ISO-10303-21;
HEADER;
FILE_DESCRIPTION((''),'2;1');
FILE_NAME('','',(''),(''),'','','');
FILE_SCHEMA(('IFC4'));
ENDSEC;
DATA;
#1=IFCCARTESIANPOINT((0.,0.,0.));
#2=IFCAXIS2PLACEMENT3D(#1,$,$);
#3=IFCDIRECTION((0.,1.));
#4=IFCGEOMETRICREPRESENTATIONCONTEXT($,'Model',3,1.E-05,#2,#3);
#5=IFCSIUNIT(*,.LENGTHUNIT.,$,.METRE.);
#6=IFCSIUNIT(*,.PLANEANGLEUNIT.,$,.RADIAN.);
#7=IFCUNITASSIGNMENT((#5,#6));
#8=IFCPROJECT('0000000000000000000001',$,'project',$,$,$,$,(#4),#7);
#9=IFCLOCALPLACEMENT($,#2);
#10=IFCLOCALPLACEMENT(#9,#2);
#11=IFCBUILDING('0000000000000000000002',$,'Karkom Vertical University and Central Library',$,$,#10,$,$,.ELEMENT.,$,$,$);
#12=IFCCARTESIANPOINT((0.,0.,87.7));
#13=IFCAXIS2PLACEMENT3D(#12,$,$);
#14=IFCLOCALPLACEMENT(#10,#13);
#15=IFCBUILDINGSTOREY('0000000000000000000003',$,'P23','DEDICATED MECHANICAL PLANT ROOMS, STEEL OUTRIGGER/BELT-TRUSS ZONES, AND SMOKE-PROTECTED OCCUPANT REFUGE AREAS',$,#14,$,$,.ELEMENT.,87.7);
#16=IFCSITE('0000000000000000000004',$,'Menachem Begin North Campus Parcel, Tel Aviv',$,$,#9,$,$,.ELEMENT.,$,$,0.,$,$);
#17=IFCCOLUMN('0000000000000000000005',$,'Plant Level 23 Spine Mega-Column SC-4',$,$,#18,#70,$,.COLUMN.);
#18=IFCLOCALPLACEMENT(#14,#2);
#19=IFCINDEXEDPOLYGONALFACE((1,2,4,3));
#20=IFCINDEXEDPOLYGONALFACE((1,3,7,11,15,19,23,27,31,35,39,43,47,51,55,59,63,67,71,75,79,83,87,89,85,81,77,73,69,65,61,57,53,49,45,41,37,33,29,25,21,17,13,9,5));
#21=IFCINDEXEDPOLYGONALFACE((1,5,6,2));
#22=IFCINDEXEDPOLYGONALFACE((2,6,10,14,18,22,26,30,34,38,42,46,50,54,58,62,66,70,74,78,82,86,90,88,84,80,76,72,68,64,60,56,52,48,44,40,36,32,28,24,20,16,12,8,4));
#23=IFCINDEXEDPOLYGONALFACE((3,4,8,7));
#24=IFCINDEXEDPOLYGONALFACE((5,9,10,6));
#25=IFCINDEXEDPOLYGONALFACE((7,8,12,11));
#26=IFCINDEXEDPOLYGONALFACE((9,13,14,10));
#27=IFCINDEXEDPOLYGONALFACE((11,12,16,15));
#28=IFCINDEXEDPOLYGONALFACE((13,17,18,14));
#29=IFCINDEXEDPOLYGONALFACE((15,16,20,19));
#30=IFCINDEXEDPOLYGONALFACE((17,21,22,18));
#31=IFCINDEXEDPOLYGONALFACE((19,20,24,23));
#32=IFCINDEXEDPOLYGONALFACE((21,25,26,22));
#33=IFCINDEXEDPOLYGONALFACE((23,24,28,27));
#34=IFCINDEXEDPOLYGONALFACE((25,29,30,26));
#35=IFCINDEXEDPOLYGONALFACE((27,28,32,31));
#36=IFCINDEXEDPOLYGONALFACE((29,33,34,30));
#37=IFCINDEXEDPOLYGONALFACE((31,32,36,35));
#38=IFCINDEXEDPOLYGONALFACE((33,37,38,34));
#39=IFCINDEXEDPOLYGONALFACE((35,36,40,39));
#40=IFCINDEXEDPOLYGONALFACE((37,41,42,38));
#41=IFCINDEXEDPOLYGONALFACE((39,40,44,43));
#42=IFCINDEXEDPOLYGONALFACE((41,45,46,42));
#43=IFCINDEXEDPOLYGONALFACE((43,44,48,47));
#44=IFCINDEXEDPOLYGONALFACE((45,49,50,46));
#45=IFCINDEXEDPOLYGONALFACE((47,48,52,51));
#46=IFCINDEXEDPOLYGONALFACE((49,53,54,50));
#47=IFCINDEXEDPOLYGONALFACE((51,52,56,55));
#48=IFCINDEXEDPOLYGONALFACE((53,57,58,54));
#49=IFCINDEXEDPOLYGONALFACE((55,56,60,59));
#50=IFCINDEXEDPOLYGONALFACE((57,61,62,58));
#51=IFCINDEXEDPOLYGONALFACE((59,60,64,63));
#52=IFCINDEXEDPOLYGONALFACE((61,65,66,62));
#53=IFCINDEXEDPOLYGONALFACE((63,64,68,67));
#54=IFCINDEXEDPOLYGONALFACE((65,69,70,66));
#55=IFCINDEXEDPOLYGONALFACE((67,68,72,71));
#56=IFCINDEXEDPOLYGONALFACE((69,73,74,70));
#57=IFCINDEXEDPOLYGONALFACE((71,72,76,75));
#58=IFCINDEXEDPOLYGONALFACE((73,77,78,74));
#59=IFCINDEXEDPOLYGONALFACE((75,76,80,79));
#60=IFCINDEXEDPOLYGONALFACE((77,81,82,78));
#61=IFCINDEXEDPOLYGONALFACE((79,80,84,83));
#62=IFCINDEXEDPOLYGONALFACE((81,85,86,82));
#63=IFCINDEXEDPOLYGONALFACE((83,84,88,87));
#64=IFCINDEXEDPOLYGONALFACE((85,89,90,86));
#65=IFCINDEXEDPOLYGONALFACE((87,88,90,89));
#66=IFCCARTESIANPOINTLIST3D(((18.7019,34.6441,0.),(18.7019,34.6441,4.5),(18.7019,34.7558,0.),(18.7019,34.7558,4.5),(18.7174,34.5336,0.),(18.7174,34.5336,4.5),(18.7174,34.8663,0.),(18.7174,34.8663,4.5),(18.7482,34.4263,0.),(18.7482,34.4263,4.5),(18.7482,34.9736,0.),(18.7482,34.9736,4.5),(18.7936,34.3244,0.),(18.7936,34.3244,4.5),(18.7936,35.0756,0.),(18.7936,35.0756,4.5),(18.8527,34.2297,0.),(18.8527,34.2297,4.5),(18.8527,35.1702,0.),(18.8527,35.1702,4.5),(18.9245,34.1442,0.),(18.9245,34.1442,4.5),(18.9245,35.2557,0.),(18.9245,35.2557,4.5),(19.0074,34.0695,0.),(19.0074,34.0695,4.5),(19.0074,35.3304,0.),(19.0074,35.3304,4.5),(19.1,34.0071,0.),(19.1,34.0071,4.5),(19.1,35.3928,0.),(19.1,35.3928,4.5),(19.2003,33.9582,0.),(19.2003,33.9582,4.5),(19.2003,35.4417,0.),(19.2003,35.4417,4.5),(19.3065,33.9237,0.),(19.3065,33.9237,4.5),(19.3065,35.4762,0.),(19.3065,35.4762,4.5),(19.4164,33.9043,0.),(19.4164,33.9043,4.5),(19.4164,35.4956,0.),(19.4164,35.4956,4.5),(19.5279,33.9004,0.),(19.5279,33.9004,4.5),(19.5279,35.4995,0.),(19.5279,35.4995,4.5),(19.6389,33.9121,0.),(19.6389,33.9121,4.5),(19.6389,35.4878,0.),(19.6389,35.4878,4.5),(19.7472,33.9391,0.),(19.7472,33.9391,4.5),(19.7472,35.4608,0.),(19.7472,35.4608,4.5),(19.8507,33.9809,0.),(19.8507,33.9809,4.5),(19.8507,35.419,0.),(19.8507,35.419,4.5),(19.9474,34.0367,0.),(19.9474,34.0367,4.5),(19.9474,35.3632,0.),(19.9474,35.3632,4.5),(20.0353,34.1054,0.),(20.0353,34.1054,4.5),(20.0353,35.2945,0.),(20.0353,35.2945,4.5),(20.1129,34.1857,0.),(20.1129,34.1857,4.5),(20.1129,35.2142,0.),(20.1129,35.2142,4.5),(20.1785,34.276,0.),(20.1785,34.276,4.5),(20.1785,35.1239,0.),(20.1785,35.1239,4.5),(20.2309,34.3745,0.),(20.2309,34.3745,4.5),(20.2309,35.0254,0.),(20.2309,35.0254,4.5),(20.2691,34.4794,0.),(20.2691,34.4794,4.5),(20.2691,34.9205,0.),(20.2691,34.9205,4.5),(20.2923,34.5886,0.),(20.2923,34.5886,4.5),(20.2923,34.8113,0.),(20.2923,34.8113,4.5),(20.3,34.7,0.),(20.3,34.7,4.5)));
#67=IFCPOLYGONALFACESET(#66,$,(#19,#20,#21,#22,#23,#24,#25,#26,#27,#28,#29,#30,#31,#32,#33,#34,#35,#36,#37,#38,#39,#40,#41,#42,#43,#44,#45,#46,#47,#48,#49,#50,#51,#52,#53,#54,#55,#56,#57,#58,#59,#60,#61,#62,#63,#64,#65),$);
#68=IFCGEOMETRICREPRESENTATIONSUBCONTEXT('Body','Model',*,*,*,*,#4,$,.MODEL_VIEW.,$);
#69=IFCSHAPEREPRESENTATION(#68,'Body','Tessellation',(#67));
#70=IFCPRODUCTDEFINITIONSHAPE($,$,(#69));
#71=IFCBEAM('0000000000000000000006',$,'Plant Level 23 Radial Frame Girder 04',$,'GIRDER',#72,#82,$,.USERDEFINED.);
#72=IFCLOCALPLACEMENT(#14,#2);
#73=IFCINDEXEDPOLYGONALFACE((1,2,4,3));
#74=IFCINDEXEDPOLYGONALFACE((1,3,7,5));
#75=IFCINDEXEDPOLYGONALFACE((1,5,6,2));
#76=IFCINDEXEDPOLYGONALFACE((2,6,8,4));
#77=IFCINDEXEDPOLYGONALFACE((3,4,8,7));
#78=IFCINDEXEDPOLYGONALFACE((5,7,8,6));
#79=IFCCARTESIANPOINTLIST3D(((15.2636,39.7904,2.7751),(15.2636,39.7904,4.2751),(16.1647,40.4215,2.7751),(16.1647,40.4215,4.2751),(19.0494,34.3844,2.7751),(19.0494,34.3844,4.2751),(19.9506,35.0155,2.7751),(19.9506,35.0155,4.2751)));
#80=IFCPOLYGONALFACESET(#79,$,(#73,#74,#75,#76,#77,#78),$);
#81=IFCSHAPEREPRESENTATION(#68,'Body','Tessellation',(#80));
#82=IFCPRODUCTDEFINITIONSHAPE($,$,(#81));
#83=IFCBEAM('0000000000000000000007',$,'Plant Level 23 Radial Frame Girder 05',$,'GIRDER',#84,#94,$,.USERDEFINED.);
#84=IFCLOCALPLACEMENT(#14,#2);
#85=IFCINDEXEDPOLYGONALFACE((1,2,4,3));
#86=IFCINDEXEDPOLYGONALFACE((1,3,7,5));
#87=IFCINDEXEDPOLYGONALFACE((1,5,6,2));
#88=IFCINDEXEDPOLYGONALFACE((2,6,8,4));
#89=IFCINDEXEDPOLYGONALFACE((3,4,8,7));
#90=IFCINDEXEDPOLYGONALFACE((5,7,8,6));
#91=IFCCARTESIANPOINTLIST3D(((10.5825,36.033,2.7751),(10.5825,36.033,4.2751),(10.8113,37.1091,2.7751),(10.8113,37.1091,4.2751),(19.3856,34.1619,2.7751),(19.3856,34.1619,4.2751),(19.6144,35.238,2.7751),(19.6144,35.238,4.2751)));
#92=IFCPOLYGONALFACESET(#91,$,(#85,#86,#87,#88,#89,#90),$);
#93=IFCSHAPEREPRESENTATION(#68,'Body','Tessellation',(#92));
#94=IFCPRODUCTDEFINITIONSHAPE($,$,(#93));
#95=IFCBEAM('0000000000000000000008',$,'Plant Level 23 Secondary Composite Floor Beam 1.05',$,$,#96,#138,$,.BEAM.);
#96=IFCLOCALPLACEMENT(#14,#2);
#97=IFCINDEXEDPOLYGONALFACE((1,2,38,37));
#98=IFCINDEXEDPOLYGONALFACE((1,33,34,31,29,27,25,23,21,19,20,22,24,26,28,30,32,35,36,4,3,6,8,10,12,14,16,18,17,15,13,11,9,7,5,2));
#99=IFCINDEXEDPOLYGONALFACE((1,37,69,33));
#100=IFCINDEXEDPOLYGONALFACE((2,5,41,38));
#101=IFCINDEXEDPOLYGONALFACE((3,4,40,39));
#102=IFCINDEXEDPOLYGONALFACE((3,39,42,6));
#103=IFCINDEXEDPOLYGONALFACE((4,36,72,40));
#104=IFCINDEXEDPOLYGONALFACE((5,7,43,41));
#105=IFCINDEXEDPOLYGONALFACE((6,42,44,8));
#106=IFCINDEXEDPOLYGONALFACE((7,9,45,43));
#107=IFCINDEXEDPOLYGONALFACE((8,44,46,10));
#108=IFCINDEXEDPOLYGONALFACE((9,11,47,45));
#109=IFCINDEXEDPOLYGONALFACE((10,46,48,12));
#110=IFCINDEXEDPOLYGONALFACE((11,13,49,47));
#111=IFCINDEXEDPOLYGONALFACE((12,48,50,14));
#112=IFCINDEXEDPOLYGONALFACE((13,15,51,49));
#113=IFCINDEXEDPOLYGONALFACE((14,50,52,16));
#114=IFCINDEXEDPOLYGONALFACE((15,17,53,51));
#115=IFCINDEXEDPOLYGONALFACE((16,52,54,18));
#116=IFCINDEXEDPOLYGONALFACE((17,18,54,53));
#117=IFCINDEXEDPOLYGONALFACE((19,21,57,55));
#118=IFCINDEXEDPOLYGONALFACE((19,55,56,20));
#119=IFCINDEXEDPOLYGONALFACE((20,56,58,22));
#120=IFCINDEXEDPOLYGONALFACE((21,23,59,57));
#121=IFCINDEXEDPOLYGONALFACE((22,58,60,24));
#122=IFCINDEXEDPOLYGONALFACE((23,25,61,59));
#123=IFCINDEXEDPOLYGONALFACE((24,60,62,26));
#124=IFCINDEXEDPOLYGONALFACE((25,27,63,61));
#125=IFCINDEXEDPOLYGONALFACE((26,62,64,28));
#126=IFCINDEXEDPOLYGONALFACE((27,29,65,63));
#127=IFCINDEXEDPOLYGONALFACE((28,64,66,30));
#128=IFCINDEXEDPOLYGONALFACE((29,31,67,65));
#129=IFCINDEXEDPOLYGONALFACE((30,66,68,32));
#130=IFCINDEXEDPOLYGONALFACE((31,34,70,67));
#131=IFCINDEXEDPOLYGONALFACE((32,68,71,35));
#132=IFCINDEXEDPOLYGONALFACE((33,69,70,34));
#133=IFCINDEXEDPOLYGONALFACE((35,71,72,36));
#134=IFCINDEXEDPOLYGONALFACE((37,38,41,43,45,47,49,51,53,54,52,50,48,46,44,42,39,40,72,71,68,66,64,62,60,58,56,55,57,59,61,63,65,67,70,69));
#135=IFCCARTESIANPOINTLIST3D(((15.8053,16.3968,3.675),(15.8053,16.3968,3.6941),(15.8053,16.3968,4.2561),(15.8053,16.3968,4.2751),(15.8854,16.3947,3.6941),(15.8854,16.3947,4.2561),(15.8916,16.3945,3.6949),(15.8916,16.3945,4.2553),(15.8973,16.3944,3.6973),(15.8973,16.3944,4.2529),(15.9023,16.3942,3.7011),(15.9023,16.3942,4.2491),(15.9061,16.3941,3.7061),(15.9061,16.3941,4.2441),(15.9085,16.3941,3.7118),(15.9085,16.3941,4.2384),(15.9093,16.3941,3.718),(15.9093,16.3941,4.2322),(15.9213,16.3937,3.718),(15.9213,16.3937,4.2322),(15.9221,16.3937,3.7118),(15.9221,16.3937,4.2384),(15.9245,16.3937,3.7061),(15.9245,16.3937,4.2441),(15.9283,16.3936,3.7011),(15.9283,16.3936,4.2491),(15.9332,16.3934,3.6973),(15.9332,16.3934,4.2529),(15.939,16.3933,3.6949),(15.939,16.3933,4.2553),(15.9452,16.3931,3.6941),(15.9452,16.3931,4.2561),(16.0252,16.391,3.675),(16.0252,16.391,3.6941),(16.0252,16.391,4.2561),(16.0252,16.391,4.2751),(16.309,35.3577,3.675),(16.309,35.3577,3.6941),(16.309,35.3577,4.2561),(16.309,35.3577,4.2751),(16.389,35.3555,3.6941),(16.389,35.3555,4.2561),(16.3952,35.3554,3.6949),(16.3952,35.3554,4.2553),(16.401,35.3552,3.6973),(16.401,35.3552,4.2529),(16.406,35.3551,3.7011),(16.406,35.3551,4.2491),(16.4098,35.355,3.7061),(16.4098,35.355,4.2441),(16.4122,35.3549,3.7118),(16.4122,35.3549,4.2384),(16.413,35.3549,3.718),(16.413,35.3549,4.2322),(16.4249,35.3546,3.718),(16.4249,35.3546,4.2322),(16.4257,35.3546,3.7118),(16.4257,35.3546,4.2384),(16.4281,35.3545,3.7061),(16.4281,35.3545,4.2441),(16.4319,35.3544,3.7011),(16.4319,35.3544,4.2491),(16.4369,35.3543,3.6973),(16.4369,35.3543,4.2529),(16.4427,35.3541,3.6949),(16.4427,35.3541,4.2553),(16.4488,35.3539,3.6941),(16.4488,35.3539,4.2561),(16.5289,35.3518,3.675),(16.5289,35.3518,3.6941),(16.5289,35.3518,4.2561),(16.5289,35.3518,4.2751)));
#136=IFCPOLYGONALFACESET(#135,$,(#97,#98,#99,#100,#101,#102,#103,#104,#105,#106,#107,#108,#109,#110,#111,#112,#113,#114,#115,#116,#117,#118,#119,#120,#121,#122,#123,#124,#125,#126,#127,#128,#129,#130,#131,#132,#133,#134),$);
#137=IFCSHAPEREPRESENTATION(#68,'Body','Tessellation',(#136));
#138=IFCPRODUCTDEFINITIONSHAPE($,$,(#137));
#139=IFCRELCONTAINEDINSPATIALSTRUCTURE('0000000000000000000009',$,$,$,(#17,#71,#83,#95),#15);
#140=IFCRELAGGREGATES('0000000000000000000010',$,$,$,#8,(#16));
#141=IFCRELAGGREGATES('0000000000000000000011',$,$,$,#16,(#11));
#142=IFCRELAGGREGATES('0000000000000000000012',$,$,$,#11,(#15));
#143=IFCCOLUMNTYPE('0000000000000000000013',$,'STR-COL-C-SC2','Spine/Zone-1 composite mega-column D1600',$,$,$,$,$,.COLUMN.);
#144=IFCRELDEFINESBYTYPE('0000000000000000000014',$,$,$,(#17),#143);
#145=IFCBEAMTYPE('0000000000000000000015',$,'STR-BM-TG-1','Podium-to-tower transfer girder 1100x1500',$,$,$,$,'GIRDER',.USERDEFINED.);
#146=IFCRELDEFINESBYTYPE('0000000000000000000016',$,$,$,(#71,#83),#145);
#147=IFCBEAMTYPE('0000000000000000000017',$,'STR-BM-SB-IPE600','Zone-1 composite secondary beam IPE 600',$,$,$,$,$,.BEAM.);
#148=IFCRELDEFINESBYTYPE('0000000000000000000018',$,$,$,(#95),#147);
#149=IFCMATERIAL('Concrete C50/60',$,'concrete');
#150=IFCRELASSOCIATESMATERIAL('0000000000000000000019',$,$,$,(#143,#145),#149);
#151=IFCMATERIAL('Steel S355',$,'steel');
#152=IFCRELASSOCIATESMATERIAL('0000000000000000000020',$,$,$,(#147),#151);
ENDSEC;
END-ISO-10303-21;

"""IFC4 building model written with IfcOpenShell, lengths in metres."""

from ifc_helpers import new_model, si_unit, direction, frame, origin, origin_with_axes, origin_2d, place, context, subcontext, project, spatial, rectangle, circle, i_section, extrude, source, transform, mapped, material, material_profile, profile_set, type_object, element, save


model = new_model("IFC4")

# Units and contexts
model_context = context("Model", 3, precision=1e-05, world=origin(), true_north=direction((0.0, 1.0)))
body_context = subcontext(model_context, "Body", "Model", "MODEL_VIEW")
ifc_project = project(units=[si_unit("LENGTHUNIT", "METRE"), si_unit("PLANEANGLEUNIT", "RADIAN")], contexts=[model_context])

# Site, building, storey
site_placement = place(None, origin())
site = spatial("IfcSite", under=ifc_project, at=site_placement, Name="Menachem Begin North Campus Parcel, Tel Aviv", CompositionType="ELEMENT", RefElevation=0.0)
building_placement = place(site_placement, origin())
building = spatial("IfcBuilding", under=site, at=building_placement, Name="Karkom Vertical University and Central Library", CompositionType="ELEMENT")
storey_placement = place(building_placement, frame((0.0, 0.0, 87.7)))
storey = spatial("IfcBuildingStorey", under=building, at=storey_placement, Name="P23", Description="DEDICATED MECHANICAL PLANT ROOMS, STEEL OUTRIGGER/BELT-TRUSS ZONES, AND SMOKE-PROTECTED OCCUPANT REFUGE AREAS", CompositionType="ELEMENT", Elevation=87.7)

# Column
ifc_material_1 = material(Name="Concrete C50/60", Category="concrete")
ifc_material_profile_1 = material_profile(ifc_material_1, circle(Radius=0.8, at=origin_2d()), Name="CFT-D1600")
ifc_profile_set_1 = profile_set([ifc_material_profile_1], Name="Concrete C50/60")
column_type = type_object("IfcColumnType", Name="STR-COL-C-SC2", Description="Spine/Zone-1 composite mega-column D1600", PredefinedType="COLUMN", material=ifc_profile_set_1)
shared_shape_1 = source(origin_with_axes(), body_context, "Body", "SweptSolid", [
    extrude(circle(Radius=0.8, at=origin_2d()), origin(), (0.0, 0.0, 1.0), 4.5),
])
column_placement = place(storey_placement, frame((19.5, 34.7, 0.0), z_axis=(0.0, 0.0, 1.0), x_axis=(1.0, 0.0, 0.0)))
element("IfcColumn", 1, at=column_placement, inside=storey, type_object=column_type, Name="Plant Level 23 Spine Mega-Column SC-4", PredefinedType="COLUMN", context=body_context, shape_type="MappedRepresentation", body=[
    mapped(shared_shape_1, transform((0.0, 0.0, 0.0), scale=1.0)),
])

# Beams
ifc_material_profile_2 = material_profile(ifc_material_1, rectangle(XDim=1.1001, YDim=1.5, at=origin_2d()), Name="TG-1100x1500")
ifc_profile_set_2 = profile_set([ifc_material_profile_2], Name="Concrete C50/60")
beam_type_1 = type_object("IfcBeamType", Name="STR-BM-TG-1", Description="Podium-to-tower transfer girder 1100x1500", ElementType="GIRDER", PredefinedType="USERDEFINED", material=ifc_profile_set_2)
shared_shape_2 = source(origin_with_axes(), body_context, "Body", "SweptSolid", [
    extrude(rectangle(XDim=1.1001, YDim=1.5, at=origin_2d()), origin(), (0.0, 0.0, 1.0), 6.5999),
])
beam_1_placement = place(storey_placement, frame((19.5, 34.7, 3.5251), z_axis=(-0.573634, 0.819112, 0.0), x_axis=(-0.819112, -0.573634, 0.0)))
element("IfcBeam", 2, at=beam_1_placement, inside=storey, type_object=beam_type_1, Name="Plant Level 23 Radial Frame Girder 04", ObjectType="GIRDER", PredefinedType="USERDEFINED", context=body_context, shape_type="MappedRepresentation", body=[
    mapped(shared_shape_2, transform((0.0, 0.0, 0.0), scale=1.0)),
])
shared_shape_3 = source(origin_with_axes(), body_context, "Body", "SweptSolid", [
    extrude(rectangle(XDim=1.1001, YDim=1.5, at=origin_2d()), origin(), (0.0, 0.0, 1.0), 8.9998),
])
beam_2_placement = place(storey_placement, frame((19.5, 34.7, 3.5251), z_axis=(-0.978148, 0.207908, 0.0), x_axis=(-0.207908, -0.978148, 0.0)))
element("IfcBeam", 3, at=beam_2_placement, inside=storey, type_object=beam_type_1, Name="Plant Level 23 Radial Frame Girder 05", ObjectType="GIRDER", PredefinedType="USERDEFINED", context=body_context, shape_type="MappedRepresentation", body=[
    mapped(shared_shape_3, transform((0.0, 0.0, 0.0), scale=1.0)),
])
ifc_material_2 = material(Name="Steel S355", Category="steel")
ifc_material_profile_3 = material_profile(ifc_material_2, i_section(OverallWidth=0.22, OverallDepth=0.6001, WebThickness=0.012, FlangeThickness=0.019, FilletRadius=0.0239, at=origin_2d()), Name="IPE 600")
ifc_profile_set_3 = profile_set([ifc_material_profile_3], Name="Steel S355")
beam_type_2 = type_object("IfcBeamType", Name="STR-BM-SB-IPE600", Description="Zone-1 composite secondary beam IPE 600", PredefinedType="BEAM", material=ifc_profile_set_3)
shared_shape_4 = source(origin_with_axes(), body_context, "Body", "SweptSolid", [
    extrude(i_section(OverallWidth=0.22, OverallDepth=0.6001, WebThickness=0.012, FlangeThickness=0.019, FilletRadius=0.0239, at=origin_2d()), origin(), (0.0, 0.0, 1.0), 18.9675),
])
beam_3_placement = place(storey_placement, frame((16.4189, 35.3547, 3.9751), z_axis=(-0.026554, -0.999647, 0.0), x_axis=(0.999647, -0.026554, 0.0)))
element("IfcBeam", 4, at=beam_3_placement, inside=storey, type_object=beam_type_2, Name="Plant Level 23 Secondary Composite Floor Beam 1.05", PredefinedType="BEAM", context=body_context, shape_type="MappedRepresentation", body=[
    mapped(shared_shape_4, transform((0.0, 0.0, 0.0), scale=1.0)),
])

save(model, "model.ifc")
